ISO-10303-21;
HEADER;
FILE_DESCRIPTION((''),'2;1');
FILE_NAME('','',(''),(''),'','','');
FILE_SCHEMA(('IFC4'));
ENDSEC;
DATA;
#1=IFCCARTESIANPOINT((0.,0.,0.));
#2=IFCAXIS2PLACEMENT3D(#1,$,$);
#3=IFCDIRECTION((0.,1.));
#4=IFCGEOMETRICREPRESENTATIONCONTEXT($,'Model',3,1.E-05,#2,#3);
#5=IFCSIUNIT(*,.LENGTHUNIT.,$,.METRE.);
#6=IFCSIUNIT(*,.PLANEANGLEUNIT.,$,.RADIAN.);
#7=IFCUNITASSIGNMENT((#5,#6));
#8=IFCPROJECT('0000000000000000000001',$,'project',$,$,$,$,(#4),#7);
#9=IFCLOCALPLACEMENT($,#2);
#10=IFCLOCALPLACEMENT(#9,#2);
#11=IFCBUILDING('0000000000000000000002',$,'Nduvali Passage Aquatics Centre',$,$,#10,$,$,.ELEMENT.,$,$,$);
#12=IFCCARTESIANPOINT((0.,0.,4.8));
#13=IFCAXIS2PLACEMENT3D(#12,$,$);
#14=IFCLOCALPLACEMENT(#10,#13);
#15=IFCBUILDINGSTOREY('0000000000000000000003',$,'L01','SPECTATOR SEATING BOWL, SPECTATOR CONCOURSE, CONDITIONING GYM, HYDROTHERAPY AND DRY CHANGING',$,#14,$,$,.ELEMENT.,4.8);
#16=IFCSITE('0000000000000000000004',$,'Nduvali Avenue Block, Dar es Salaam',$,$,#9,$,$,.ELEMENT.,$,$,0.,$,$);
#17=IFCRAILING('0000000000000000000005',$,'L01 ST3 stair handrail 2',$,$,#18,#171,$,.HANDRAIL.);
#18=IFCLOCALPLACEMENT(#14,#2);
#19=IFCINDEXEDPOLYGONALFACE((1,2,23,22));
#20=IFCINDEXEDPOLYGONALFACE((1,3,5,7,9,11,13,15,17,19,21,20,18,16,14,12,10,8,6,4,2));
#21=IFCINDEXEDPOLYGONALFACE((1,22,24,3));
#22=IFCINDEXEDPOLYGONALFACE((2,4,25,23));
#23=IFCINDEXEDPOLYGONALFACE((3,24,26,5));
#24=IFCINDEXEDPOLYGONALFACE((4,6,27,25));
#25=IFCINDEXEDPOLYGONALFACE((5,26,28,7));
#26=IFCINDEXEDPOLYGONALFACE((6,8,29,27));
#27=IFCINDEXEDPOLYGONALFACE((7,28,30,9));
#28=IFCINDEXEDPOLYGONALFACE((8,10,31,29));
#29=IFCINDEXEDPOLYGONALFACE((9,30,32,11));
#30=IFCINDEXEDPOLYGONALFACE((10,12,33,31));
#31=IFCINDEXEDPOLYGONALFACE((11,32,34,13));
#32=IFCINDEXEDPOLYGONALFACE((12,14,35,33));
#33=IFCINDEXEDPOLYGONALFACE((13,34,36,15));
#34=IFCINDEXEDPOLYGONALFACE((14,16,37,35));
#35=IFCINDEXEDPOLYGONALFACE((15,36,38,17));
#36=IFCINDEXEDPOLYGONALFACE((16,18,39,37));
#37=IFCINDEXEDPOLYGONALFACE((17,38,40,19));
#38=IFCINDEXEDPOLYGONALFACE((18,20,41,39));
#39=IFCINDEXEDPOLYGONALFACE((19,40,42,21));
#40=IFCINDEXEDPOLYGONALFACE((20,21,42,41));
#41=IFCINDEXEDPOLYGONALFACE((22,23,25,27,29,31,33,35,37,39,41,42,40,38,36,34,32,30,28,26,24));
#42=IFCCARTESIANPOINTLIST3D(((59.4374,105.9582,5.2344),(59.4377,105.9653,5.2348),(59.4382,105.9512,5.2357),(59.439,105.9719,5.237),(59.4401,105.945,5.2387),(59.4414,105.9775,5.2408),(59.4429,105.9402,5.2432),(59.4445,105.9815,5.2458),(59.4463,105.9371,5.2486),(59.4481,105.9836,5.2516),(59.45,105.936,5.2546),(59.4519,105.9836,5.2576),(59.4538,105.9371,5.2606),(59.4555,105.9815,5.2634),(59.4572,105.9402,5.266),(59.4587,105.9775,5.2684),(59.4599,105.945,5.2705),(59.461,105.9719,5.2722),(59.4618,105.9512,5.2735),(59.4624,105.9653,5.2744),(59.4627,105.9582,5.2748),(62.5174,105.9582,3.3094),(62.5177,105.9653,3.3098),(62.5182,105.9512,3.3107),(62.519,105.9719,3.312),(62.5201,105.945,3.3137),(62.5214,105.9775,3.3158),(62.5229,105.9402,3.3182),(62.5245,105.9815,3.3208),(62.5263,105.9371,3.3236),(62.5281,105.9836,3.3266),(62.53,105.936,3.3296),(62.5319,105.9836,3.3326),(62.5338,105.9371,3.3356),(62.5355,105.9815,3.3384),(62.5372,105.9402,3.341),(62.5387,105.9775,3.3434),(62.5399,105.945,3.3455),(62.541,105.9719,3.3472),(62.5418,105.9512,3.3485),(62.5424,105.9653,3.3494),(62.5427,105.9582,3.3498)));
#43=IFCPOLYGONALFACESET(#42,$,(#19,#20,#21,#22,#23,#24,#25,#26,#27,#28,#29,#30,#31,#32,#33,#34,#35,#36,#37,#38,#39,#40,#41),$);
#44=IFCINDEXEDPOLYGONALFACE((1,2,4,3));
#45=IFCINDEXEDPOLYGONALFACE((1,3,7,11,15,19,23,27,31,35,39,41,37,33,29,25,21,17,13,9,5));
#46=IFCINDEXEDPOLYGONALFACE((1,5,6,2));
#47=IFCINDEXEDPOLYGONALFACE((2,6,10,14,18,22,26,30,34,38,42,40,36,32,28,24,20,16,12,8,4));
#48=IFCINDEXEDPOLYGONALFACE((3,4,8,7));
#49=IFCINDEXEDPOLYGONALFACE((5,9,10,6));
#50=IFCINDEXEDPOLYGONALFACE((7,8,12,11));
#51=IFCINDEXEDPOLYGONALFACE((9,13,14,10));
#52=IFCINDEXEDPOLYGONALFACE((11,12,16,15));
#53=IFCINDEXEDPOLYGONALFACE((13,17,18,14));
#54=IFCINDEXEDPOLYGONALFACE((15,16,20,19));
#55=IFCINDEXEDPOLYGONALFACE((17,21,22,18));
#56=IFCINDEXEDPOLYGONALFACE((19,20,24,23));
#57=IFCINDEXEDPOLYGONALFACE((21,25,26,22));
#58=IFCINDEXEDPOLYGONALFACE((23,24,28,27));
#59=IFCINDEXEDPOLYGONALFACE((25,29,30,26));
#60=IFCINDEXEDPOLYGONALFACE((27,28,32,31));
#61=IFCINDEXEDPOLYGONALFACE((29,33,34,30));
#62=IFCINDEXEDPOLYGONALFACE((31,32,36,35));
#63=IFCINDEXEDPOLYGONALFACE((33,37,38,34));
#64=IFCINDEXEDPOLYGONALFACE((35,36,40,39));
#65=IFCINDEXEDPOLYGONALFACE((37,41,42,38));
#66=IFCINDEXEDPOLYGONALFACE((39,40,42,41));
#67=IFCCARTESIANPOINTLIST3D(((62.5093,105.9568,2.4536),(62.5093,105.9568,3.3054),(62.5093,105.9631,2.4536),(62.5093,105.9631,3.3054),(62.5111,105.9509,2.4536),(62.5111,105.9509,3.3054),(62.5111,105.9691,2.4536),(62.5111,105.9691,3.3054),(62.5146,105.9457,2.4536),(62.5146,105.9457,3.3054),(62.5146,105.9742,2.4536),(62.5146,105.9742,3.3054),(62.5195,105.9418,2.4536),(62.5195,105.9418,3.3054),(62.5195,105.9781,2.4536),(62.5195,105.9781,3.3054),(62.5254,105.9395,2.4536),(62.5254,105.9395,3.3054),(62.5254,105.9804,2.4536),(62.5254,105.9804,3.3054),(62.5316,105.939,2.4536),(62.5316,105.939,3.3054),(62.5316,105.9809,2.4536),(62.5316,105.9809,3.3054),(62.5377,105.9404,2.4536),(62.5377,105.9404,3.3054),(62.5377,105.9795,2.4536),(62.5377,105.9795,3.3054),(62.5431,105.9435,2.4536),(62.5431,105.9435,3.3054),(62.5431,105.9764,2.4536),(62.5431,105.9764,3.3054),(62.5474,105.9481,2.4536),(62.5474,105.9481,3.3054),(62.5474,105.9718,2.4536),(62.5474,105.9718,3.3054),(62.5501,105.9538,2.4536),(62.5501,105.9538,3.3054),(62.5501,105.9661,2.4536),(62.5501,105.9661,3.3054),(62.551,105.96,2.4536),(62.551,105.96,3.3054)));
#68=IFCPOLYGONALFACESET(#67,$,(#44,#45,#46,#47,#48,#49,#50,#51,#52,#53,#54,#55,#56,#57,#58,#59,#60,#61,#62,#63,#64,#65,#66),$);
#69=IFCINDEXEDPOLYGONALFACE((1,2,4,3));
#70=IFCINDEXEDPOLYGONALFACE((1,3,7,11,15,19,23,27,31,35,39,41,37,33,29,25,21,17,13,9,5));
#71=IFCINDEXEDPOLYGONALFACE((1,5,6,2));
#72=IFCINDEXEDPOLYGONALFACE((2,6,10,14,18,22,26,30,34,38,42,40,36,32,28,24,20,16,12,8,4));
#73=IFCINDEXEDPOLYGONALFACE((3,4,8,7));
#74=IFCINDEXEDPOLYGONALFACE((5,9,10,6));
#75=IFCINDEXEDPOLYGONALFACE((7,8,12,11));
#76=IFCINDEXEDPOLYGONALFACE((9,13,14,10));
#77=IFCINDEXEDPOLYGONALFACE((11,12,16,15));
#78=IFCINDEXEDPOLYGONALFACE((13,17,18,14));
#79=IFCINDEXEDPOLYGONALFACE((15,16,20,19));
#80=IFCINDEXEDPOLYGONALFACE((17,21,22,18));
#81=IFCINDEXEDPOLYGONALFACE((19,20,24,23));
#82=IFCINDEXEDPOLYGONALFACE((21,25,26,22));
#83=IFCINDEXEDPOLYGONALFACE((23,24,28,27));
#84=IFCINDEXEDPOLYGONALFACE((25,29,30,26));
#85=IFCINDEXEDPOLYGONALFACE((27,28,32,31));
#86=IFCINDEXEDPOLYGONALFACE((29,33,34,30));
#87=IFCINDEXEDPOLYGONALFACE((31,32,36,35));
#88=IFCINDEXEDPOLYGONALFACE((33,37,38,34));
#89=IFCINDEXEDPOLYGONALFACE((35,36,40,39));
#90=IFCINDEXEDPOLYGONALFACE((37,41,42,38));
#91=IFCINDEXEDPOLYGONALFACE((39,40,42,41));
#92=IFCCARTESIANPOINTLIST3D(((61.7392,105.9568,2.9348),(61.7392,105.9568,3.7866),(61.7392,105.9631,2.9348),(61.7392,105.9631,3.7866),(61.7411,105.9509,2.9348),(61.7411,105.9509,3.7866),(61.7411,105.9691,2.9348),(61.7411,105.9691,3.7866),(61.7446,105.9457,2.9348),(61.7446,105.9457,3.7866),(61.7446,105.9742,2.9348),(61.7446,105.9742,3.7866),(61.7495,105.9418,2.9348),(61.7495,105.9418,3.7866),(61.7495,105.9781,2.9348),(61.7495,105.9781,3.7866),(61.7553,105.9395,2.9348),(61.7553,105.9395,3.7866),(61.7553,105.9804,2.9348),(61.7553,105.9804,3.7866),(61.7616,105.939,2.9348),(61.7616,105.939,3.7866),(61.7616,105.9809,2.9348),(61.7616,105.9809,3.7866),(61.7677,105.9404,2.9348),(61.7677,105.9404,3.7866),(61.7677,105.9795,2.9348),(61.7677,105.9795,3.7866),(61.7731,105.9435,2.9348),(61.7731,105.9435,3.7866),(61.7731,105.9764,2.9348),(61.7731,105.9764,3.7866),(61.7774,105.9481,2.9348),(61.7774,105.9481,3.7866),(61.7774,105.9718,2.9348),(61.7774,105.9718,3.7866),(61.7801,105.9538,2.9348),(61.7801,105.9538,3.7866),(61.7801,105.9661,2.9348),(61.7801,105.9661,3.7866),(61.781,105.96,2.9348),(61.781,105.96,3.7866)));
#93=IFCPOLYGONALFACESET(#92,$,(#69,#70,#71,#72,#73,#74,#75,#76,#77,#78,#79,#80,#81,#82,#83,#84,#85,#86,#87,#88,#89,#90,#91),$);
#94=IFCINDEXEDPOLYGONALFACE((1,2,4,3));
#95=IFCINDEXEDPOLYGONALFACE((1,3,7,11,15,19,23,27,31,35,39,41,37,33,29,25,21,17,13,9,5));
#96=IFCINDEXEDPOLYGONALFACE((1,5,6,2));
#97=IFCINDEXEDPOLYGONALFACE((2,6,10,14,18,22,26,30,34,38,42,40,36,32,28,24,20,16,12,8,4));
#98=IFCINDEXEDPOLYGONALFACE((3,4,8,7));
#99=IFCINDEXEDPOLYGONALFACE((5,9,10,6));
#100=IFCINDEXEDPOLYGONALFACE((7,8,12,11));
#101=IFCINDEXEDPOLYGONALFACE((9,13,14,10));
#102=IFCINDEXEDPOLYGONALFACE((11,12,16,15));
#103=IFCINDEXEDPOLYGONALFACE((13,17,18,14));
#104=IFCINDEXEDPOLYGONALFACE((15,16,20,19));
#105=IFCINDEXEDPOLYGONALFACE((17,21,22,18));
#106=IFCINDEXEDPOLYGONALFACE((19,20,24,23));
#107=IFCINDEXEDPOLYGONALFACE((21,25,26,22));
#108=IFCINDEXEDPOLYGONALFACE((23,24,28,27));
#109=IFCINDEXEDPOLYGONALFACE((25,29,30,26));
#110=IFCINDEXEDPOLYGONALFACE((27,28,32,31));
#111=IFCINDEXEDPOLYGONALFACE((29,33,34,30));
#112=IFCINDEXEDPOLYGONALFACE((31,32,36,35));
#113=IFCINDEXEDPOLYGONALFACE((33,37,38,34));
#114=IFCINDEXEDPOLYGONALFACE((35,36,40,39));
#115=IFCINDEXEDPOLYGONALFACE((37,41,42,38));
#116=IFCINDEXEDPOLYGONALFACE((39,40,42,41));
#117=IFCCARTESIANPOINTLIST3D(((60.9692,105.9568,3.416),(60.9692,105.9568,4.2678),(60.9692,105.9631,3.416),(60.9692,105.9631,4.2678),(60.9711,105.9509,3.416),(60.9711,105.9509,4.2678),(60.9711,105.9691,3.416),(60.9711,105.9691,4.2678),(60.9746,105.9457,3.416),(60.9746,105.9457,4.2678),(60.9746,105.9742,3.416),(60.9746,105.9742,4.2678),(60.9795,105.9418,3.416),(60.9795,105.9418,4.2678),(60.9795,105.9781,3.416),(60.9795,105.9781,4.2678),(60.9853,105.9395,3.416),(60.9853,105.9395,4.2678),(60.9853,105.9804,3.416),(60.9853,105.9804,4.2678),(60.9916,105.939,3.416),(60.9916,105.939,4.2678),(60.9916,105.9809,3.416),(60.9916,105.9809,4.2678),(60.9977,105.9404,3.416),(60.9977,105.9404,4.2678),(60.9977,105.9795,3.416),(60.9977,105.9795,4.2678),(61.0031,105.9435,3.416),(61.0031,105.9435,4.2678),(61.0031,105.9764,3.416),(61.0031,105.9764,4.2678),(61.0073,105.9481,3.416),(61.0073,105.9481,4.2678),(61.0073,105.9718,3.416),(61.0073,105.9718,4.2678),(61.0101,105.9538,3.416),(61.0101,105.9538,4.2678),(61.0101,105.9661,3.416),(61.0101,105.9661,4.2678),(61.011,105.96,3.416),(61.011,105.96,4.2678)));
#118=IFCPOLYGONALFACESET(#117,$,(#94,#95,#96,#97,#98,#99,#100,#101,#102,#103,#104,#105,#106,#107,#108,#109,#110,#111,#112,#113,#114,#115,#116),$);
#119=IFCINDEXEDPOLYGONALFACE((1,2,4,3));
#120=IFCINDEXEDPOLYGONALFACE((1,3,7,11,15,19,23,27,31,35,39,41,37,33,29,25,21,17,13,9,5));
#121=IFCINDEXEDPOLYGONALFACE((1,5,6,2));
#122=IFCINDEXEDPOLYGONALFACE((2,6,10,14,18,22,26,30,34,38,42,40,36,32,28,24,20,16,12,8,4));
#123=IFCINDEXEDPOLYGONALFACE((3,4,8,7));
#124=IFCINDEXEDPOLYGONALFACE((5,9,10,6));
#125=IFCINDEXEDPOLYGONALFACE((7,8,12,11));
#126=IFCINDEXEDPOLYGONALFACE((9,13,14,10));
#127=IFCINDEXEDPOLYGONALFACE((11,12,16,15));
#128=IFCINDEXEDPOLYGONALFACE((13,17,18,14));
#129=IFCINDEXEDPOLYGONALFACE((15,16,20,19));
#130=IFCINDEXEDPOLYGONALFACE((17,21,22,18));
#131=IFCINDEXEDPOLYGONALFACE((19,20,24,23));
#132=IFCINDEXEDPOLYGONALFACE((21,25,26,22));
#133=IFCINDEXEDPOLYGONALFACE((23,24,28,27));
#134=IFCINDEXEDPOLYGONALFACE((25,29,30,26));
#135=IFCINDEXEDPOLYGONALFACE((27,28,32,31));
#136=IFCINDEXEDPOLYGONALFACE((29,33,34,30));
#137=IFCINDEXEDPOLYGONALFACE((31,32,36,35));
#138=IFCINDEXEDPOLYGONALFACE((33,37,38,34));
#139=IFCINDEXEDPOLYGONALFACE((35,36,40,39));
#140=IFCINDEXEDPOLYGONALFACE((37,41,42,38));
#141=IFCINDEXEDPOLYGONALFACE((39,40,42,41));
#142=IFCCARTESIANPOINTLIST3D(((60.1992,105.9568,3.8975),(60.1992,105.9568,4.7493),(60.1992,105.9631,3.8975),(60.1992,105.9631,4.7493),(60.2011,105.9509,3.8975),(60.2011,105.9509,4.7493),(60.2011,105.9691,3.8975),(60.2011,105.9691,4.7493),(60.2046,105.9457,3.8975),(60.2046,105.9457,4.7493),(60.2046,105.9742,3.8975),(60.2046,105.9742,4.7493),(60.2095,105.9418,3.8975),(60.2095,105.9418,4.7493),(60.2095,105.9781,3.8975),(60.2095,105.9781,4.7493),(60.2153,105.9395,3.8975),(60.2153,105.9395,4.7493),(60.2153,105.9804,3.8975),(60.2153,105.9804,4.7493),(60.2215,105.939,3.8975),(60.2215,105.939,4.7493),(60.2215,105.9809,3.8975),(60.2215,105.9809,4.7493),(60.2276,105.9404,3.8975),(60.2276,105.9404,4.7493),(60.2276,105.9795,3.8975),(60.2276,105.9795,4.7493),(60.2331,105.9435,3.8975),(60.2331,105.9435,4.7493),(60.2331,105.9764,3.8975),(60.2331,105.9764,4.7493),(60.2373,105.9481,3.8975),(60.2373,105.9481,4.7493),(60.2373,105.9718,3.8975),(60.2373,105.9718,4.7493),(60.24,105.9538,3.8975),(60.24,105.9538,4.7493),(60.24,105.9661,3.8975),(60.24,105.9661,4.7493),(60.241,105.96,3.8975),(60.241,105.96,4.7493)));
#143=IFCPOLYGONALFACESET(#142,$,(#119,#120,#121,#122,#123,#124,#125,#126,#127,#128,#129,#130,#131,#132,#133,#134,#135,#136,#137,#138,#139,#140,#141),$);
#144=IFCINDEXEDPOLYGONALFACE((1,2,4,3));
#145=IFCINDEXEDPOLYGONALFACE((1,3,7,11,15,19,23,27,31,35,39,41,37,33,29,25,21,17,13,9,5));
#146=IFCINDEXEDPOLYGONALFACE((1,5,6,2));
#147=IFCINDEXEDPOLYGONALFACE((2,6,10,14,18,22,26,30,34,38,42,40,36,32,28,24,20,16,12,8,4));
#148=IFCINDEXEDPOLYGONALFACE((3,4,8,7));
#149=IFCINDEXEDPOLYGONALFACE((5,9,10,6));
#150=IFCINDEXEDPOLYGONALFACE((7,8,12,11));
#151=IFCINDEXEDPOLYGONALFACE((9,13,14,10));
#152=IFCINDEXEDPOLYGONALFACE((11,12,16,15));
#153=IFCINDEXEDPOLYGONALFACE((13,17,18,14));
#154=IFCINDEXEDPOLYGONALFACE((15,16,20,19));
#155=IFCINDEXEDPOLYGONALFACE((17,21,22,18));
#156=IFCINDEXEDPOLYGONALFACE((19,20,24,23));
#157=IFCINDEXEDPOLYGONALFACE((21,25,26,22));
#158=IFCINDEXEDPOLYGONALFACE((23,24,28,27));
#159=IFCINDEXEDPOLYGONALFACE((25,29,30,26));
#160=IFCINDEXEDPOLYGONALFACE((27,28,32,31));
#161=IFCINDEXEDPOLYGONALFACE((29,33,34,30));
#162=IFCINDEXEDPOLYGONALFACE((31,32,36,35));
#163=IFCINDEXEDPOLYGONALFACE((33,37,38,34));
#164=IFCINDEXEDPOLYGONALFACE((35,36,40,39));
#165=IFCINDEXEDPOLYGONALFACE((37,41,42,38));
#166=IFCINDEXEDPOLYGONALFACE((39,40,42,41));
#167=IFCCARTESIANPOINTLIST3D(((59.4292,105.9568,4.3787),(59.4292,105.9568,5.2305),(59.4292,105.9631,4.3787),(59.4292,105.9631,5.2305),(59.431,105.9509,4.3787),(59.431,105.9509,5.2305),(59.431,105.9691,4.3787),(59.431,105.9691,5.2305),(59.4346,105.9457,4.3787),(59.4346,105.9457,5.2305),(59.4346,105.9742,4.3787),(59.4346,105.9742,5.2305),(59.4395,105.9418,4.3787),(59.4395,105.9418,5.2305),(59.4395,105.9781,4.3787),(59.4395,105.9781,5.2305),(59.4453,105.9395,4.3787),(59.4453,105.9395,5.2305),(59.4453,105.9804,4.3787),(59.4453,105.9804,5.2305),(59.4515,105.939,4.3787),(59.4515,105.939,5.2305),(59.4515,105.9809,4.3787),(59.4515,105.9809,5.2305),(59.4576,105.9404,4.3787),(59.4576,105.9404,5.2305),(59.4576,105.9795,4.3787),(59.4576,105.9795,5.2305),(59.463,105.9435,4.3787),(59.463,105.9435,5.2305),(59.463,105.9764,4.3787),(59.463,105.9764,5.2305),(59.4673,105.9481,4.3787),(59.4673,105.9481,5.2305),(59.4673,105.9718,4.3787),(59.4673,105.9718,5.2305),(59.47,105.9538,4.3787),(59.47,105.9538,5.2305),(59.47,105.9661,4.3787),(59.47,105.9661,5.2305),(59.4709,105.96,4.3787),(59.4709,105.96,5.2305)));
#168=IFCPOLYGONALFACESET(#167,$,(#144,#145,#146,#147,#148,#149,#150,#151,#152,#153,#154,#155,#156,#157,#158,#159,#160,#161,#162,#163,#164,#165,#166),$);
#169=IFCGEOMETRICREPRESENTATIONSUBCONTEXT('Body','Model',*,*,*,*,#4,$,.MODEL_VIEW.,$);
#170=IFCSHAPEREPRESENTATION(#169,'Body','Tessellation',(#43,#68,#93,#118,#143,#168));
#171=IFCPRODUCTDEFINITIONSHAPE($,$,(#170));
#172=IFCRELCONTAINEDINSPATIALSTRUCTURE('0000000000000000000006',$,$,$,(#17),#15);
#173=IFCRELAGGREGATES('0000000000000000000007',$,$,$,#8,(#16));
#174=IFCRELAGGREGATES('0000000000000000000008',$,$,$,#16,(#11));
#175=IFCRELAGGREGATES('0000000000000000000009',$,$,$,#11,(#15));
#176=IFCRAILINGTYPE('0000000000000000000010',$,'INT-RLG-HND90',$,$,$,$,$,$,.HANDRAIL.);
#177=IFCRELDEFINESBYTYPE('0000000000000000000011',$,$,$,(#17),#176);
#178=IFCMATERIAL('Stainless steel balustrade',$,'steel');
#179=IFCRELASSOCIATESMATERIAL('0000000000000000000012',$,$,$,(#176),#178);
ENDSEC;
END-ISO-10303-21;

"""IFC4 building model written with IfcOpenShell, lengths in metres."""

from ifc_helpers import new_model, si_unit, direction, frame, origin, origin_2d, place, context, subcontext, project, spatial, circle, extrude, material, type_object, element, save


model = new_model("IFC4")

# Units and contexts
model_context = context("Model", 3, precision=1e-05, world=origin(), true_north=direction((0.0, 1.0)))
body_context = subcontext(model_context, "Body", "Model", "MODEL_VIEW")
ifc_project = project(units=[si_unit("LENGTHUNIT", "METRE"), si_unit("PLANEANGLEUNIT", "RADIAN")], contexts=[model_context])

# Site, building, storey
site_placement = place(None, origin())
site = spatial("IfcSite", under=ifc_project, at=site_placement, Name="Nduvali Avenue Block, Dar es Salaam", CompositionType="ELEMENT", RefElevation=0.0)
building_placement = place(site_placement, origin())
building = spatial("IfcBuilding", under=site, at=building_placement, Name="Nduvali Passage Aquatics Centre", CompositionType="ELEMENT")
storey_placement = place(building_placement, frame((0.0, 0.0, 4.8)))
storey = spatial("IfcBuildingStorey", under=building, at=storey_placement, Name="L01", Description="SPECTATOR SEATING BOWL, SPECTATOR CONCOURSE, CONDITIONING GYM, HYDROTHERAPY AND DRY CHANGING", CompositionType="ELEMENT", Elevation=4.8)

# Railing
ifc_material_1 = material(Name="Stainless steel balustrade", Category="steel")
railing_type_1 = type_object("IfcRailingType", Name="INT-RLG-HND90", PredefinedType="HANDRAIL", material=ifc_material_1)
railing_1_placement = place(storey_placement, frame((62.53, 105.96, 2.4536)))
element("IfcRailing", 1, at=railing_1_placement, inside=storey, type_object=railing_type_1, Name="L01 ST3 stair handrail 2", PredefinedType="HANDRAIL", context=body_context, shape_type="SweptSolid", body=[
    extrude(circle(Radius=0.0239, at=origin_2d()), frame((0.0, 0.0, 0.876), z_axis=(-0.847998, 0.0, 0.529999), x_axis=(0.0, -1.0, 0.0)), (0.0, 0.0, 1.0), 3.6321),
    extrude(circle(Radius=0.021, at=origin_2d()), origin(), (0.0, 0.0, 1.0), 0.8518),
    extrude(circle(Radius=0.021, at=origin_2d()), frame((-0.77, 0.0, 0.4812)), (0.0, 0.0, 1.0), 0.8518),
    extrude(circle(Radius=0.021, at=origin_2d()), frame((-1.54, 0.0, 0.9624)), (0.0, 0.0, 1.0), 0.8518),
    extrude(circle(Radius=0.021, at=origin_2d()), frame((-2.3101, 0.0, 1.4438)), (0.0, 0.0, 1.0), 0.8518),
    extrude(circle(Radius=0.021, at=origin_2d()), frame((-3.0801, 0.0, 1.925)), (0.0, 0.0, 1.0), 0.8518),
])

save(model, "model.ifc")
